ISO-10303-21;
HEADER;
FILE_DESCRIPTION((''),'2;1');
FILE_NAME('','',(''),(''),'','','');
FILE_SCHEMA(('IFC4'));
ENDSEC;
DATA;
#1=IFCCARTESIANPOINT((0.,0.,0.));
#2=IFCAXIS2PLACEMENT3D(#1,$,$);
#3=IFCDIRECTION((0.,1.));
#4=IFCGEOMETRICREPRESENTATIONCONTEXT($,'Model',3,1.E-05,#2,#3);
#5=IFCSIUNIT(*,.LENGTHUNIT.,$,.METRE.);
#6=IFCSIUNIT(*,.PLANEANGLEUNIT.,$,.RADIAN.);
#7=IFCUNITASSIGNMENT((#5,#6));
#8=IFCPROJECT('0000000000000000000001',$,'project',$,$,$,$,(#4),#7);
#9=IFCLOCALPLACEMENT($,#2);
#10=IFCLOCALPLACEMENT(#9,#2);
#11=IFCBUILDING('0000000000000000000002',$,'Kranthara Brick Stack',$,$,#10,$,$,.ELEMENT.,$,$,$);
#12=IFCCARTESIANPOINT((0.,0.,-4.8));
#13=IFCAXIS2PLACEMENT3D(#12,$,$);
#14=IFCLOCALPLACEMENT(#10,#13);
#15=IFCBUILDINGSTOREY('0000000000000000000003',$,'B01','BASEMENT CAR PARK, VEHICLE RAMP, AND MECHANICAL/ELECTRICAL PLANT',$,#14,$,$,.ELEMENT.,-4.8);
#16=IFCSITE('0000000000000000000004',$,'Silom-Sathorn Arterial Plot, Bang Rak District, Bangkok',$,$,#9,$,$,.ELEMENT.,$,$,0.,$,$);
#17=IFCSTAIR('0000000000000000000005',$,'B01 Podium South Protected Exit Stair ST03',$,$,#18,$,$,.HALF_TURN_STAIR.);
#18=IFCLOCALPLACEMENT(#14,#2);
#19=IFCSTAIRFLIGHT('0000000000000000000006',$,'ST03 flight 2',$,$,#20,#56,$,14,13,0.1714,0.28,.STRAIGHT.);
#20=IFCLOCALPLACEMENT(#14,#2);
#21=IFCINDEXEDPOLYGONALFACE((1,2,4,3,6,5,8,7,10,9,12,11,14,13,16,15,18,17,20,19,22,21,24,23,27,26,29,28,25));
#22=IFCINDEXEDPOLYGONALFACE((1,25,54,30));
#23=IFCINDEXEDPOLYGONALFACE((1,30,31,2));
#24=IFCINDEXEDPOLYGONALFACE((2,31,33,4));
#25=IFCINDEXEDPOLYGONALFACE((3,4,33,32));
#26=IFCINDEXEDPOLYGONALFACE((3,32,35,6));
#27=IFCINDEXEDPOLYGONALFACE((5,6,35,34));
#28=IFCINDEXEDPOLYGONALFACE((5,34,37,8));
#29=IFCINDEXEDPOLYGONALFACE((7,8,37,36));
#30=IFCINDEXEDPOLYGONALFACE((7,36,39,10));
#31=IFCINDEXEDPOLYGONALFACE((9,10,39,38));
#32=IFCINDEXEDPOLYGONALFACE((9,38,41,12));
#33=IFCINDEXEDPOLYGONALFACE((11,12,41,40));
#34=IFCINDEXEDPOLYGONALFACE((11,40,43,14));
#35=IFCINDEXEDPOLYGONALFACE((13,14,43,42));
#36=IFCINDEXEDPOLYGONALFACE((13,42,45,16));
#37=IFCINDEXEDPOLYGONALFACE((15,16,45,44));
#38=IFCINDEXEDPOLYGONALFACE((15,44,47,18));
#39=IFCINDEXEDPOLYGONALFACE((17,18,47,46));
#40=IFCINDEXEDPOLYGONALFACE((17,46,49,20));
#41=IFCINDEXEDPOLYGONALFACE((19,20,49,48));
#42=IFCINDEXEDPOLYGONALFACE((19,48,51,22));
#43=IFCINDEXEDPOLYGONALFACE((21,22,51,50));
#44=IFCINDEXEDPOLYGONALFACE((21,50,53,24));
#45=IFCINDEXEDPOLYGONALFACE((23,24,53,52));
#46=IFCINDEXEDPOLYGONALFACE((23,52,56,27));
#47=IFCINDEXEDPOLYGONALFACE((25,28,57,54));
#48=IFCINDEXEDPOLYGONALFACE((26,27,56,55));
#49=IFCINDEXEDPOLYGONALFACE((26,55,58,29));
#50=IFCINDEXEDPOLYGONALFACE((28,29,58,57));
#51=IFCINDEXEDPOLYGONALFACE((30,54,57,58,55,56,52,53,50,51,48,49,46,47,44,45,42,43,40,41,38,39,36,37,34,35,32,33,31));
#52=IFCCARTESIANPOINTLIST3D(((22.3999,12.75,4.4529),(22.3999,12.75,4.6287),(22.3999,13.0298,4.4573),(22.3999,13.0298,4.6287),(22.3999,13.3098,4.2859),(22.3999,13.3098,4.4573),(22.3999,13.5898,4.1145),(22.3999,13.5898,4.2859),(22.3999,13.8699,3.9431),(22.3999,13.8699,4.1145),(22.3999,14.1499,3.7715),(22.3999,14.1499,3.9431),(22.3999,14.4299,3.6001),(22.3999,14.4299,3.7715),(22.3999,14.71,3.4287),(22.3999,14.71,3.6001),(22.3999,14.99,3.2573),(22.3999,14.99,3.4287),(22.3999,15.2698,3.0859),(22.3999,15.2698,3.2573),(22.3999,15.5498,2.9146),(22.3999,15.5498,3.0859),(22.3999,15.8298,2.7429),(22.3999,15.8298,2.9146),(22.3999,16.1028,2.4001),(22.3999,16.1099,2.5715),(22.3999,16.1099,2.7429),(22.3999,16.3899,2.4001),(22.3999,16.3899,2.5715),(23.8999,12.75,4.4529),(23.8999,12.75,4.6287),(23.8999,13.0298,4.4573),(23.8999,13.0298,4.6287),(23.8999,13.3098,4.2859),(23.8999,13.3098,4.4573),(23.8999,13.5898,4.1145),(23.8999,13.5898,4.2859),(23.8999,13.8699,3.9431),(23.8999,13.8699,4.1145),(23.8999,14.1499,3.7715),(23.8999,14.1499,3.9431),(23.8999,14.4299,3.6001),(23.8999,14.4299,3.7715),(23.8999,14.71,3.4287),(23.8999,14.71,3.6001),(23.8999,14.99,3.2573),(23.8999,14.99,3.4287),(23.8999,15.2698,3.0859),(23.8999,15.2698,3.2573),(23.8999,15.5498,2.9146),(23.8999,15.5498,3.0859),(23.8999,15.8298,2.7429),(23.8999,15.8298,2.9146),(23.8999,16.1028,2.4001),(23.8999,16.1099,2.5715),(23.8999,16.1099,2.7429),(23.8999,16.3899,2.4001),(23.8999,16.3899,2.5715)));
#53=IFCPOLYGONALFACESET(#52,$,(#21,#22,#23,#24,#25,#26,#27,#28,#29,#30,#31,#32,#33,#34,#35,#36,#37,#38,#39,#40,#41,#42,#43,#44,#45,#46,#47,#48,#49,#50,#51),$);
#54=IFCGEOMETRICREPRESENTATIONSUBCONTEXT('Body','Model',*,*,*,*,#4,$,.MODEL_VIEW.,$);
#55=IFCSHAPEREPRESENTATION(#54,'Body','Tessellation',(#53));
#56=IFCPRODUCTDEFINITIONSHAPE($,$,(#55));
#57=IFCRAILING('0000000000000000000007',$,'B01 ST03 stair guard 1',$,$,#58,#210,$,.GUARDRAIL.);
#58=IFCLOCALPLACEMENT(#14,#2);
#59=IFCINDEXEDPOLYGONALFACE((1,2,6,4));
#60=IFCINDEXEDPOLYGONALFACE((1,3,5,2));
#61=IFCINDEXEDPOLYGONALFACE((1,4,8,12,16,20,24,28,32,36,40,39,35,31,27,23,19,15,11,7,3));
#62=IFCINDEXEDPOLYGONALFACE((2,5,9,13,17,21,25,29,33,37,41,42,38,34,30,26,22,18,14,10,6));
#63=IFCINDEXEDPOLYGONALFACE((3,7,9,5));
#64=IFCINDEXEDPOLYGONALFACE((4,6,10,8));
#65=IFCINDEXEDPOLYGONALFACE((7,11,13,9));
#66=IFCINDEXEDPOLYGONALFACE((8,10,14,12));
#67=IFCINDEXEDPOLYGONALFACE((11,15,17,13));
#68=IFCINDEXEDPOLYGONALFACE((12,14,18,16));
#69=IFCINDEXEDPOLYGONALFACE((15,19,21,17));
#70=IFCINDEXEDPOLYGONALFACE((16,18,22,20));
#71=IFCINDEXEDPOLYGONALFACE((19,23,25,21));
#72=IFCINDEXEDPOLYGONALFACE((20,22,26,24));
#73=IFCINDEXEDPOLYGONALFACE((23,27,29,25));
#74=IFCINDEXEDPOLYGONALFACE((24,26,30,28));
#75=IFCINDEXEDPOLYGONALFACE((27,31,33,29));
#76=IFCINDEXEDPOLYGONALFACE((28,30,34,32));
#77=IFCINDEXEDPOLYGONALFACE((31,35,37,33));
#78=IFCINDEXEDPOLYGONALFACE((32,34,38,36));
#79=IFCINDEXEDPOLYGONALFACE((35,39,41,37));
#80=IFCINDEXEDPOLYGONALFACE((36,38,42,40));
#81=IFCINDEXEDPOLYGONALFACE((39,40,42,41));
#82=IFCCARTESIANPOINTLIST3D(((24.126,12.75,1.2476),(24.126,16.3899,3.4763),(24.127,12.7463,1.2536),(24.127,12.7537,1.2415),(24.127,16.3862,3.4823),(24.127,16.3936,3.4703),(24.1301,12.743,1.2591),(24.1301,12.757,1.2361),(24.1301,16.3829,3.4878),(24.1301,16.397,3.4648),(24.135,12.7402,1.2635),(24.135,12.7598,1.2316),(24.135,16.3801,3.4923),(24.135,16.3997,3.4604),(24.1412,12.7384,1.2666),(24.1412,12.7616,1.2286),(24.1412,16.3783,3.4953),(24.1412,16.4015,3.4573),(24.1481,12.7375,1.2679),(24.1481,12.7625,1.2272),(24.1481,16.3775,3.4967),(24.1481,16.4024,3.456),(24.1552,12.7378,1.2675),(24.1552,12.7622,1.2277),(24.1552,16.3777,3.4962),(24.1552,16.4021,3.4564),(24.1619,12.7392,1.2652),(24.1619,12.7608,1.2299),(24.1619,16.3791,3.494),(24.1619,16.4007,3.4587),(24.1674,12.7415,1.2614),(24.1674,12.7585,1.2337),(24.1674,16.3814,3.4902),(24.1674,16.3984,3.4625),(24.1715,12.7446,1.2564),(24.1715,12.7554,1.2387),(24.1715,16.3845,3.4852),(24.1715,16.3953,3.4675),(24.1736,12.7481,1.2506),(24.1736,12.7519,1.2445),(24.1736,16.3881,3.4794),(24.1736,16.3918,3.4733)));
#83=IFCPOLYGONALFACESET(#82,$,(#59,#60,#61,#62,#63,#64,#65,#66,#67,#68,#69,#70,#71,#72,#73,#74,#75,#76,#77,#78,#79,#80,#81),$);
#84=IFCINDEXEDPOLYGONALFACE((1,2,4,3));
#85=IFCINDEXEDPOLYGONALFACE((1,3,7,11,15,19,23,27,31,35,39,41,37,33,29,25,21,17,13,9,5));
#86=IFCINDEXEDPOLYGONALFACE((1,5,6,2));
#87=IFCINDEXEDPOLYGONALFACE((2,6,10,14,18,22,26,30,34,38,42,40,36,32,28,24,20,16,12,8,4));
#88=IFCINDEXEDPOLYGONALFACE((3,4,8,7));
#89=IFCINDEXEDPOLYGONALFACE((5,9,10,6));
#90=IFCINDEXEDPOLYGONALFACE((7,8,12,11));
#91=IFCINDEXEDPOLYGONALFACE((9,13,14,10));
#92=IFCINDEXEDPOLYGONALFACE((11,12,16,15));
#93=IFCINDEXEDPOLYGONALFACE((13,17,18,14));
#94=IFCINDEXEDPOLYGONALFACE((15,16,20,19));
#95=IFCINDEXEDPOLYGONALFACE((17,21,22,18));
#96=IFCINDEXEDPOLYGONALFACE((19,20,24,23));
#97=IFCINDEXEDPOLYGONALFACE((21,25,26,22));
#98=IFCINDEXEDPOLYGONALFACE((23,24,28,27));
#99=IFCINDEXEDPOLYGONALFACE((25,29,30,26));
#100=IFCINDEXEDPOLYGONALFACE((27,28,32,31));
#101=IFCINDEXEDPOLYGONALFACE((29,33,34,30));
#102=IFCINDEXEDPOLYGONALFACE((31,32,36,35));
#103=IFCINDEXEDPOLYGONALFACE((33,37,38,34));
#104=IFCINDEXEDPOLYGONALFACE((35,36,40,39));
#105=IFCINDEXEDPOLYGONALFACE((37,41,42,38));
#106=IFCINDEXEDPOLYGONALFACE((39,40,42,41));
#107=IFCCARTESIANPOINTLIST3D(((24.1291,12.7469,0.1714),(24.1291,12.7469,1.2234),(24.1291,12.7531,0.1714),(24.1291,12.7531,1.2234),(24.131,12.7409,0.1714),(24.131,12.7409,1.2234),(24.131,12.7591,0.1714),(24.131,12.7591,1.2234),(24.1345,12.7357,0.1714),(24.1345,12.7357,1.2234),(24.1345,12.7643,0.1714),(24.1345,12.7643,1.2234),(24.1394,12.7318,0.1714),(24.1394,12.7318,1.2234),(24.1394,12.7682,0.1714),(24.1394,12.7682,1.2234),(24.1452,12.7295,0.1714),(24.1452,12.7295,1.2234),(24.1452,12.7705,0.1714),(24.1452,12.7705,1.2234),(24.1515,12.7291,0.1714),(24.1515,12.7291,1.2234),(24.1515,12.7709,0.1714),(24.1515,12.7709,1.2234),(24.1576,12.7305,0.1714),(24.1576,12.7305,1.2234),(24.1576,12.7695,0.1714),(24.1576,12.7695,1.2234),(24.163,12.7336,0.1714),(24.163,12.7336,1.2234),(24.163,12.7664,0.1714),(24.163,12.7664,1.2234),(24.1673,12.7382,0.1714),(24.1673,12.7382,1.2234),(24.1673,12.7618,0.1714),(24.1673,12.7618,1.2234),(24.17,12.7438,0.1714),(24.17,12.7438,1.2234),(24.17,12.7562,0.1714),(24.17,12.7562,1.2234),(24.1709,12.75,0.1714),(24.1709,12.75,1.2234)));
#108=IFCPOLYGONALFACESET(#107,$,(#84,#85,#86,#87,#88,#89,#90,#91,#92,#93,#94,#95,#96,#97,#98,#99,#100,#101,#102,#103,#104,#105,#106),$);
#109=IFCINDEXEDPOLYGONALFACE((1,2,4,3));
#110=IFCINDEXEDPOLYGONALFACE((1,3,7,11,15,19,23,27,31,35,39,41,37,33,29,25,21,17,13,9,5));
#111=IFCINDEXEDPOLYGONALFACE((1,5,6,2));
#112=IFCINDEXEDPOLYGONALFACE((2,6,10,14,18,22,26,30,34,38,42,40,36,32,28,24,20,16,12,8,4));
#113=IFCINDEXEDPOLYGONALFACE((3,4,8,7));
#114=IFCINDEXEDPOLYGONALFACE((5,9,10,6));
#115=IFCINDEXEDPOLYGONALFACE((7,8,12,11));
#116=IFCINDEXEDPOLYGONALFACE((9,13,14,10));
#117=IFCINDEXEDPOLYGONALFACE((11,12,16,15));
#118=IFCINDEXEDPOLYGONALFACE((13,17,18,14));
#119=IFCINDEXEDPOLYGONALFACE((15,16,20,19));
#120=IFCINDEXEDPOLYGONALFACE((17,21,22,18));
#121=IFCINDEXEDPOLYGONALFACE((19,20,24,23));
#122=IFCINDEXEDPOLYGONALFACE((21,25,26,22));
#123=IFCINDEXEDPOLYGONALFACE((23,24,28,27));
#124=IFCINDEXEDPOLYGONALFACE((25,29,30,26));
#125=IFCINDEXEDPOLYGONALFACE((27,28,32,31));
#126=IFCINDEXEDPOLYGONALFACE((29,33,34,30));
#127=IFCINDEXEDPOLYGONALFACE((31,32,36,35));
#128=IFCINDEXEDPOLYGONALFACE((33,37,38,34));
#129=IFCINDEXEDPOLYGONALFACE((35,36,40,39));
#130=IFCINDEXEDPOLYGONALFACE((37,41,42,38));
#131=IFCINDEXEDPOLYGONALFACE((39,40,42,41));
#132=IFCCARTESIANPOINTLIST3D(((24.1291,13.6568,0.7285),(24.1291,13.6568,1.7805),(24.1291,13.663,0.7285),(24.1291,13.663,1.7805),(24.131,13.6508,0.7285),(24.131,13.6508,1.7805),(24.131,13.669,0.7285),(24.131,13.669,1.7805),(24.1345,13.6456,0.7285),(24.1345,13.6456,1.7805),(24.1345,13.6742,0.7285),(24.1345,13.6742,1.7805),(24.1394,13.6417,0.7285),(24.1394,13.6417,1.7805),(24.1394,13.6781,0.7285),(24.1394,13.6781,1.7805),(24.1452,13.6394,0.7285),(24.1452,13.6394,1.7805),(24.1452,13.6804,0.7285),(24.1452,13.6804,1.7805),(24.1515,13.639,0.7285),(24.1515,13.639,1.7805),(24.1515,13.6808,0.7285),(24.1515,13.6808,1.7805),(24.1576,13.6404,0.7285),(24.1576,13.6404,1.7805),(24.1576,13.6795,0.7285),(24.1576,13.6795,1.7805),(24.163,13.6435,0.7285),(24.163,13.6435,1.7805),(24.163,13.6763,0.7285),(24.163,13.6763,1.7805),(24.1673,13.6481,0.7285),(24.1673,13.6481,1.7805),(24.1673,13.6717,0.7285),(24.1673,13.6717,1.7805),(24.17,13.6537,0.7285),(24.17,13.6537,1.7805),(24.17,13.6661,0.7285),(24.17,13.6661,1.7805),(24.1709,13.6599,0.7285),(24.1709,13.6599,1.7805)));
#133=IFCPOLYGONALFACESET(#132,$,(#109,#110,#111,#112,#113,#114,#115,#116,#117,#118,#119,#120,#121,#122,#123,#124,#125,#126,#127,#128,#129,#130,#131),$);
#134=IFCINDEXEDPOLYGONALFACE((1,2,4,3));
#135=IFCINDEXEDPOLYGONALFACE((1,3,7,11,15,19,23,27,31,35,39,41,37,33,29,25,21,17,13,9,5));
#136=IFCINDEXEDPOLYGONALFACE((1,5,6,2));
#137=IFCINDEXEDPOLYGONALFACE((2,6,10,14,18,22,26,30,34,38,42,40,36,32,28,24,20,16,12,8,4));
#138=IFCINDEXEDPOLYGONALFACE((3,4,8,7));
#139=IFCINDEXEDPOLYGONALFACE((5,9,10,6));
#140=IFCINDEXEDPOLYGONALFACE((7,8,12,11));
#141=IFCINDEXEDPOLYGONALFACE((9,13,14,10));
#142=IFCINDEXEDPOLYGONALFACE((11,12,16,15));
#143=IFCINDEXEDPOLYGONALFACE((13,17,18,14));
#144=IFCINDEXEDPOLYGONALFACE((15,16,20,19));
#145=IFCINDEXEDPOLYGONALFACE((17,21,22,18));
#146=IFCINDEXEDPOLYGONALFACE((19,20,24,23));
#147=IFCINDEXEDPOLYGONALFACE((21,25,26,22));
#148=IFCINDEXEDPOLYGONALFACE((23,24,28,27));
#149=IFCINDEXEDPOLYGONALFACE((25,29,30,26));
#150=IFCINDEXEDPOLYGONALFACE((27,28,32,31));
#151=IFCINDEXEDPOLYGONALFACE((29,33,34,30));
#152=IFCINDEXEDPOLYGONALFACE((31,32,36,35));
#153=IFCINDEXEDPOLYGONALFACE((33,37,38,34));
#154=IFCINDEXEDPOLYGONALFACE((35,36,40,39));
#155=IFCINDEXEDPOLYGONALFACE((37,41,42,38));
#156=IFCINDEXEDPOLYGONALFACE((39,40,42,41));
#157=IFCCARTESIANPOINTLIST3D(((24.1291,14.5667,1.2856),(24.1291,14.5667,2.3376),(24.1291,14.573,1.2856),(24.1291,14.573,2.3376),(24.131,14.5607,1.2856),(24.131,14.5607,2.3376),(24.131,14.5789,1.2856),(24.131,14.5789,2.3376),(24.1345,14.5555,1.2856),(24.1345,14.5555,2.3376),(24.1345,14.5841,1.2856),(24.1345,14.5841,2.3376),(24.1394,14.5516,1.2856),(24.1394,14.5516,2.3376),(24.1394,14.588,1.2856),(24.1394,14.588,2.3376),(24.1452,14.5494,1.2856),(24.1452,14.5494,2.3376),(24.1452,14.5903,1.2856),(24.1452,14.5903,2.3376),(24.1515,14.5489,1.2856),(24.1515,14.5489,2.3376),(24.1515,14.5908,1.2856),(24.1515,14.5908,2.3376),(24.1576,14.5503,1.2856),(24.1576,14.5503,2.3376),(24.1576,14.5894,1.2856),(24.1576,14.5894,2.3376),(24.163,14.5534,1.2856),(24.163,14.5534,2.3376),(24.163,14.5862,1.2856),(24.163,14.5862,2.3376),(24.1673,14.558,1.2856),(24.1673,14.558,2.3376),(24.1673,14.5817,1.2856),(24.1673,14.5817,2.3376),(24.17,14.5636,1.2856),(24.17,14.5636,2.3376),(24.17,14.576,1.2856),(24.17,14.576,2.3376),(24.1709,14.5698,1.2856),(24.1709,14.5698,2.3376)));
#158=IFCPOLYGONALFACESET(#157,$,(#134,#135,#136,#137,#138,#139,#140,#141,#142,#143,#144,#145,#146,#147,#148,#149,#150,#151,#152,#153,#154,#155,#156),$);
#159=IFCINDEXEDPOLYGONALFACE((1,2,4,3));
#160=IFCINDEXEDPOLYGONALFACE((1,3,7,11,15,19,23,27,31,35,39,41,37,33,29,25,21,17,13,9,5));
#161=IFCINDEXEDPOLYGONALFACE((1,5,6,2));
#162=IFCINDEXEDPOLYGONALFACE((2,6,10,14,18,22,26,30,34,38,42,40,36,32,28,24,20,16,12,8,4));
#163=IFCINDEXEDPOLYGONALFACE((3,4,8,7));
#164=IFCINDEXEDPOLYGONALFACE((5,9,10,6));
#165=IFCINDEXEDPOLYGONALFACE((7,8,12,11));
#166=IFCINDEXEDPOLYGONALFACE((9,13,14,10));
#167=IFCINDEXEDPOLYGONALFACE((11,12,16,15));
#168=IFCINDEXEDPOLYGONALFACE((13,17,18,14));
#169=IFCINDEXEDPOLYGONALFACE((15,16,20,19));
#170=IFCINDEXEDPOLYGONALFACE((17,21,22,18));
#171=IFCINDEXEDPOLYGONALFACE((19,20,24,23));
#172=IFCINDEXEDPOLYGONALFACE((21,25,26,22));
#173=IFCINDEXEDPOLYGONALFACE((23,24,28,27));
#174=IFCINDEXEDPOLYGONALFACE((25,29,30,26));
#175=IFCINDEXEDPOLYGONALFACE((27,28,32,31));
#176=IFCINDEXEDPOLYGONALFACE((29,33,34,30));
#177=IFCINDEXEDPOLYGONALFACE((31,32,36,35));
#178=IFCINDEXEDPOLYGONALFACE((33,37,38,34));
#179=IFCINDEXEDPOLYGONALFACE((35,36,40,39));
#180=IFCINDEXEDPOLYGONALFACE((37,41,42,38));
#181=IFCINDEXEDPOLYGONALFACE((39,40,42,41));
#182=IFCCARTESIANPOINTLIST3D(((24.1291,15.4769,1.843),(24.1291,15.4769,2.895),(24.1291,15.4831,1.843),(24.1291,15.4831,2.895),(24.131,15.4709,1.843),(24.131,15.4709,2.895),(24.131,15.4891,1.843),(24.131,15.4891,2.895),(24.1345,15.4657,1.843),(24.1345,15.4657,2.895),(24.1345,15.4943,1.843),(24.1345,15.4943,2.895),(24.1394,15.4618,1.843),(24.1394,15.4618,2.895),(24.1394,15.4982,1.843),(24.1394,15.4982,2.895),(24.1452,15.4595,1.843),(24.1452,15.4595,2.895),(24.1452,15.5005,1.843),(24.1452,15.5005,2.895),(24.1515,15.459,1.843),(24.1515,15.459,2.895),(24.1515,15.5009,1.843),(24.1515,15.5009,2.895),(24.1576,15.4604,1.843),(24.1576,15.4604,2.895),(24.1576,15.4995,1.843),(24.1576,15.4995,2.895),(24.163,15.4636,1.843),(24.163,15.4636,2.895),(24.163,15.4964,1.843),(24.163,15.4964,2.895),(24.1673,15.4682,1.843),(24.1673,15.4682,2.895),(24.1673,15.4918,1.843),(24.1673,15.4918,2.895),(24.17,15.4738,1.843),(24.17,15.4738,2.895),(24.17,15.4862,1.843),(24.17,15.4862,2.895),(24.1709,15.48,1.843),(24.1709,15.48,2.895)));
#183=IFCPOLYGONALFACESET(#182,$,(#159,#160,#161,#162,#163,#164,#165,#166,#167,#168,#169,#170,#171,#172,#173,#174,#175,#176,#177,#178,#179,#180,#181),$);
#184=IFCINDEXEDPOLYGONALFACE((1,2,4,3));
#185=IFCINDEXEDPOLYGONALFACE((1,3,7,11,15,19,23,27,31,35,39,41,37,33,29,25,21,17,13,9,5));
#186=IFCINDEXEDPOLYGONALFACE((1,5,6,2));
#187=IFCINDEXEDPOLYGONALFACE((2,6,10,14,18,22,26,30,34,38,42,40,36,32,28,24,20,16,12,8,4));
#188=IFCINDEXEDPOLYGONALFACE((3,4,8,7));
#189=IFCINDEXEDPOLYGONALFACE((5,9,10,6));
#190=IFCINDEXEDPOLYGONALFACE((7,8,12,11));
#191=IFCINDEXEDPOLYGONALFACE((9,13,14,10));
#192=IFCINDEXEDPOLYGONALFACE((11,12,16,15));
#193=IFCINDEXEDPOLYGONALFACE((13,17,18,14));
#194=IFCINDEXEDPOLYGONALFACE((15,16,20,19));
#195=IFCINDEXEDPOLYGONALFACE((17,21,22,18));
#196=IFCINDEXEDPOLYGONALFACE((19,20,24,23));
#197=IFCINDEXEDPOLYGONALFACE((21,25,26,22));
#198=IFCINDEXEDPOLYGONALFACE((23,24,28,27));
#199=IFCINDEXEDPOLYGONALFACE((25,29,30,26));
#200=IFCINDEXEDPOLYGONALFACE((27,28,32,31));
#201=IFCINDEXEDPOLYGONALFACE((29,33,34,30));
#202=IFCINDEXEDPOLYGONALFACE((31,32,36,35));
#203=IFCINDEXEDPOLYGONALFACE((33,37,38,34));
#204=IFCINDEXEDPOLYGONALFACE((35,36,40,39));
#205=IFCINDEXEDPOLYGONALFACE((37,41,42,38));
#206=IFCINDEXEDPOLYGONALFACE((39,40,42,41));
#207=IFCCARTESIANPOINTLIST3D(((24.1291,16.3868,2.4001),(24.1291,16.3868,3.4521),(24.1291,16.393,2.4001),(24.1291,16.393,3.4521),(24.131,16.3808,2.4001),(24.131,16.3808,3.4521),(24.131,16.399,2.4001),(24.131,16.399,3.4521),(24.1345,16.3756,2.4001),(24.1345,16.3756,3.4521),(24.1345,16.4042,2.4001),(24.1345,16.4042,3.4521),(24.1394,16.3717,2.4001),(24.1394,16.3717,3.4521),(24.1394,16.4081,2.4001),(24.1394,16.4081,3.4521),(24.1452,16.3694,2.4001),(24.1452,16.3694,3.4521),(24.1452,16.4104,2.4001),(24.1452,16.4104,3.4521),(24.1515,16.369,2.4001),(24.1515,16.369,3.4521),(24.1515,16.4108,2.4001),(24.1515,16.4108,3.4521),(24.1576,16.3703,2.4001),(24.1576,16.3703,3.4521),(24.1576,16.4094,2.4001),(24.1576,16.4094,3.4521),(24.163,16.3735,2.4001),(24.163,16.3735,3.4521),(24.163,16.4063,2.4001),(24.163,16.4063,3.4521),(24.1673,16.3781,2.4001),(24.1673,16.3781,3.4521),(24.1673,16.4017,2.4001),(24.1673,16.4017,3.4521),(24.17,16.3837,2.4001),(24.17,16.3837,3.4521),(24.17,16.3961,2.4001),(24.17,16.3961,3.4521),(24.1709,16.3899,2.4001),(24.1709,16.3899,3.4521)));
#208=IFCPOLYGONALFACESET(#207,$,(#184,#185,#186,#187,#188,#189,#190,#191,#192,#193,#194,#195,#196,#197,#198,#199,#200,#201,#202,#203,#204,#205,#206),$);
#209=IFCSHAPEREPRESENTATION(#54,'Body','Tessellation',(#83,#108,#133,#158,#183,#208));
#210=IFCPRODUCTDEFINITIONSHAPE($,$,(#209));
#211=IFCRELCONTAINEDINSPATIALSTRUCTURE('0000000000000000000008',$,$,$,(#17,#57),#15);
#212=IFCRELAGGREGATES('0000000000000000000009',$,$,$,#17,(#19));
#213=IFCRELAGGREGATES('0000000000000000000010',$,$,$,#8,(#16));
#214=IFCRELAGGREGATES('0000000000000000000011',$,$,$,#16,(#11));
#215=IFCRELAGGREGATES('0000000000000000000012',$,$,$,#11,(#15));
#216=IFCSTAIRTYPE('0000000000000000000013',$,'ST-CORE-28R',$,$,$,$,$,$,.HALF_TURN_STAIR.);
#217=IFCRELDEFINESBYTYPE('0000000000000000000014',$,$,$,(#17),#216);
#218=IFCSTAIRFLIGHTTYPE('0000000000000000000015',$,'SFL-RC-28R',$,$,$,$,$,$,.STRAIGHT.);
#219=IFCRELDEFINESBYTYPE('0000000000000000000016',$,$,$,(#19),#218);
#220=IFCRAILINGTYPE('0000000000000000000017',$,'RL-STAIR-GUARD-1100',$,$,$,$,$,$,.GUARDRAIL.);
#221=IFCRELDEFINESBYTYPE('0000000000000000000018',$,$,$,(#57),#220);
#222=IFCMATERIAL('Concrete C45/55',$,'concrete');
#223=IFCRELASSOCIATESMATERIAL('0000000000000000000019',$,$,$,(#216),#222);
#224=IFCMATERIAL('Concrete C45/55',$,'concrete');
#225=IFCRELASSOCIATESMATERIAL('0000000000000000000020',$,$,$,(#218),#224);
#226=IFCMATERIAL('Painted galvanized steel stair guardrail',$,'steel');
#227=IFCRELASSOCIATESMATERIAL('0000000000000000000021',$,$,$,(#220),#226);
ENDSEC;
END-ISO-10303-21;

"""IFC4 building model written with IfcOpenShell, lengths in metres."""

from ifc_helpers import new_model, si_unit, direction, frame, origin, origin_2d, place, context, subcontext, project, spatial, polyline, circle, outline, extrude, material, type_object, element, aggregate, save


model = new_model("IFC4")

# Units and contexts
model_context = context("Model", 3, precision=1e-05, world=origin(), true_north=direction((0.0, 1.0)))
body_context = subcontext(model_context, "Body", "Model", "MODEL_VIEW")
ifc_project = project(units=[si_unit("LENGTHUNIT", "METRE"), si_unit("PLANEANGLEUNIT", "RADIAN")], contexts=[model_context])

# Site, building, storey
site_placement = place(None, origin())
site = spatial("IfcSite", under=ifc_project, at=site_placement, Name="Silom-Sathorn Arterial Plot, Bang Rak District, Bangkok", CompositionType="ELEMENT", RefElevation=0.0)
building_placement = place(site_placement, origin())
building = spatial("IfcBuilding", under=site, at=building_placement, Name="Kranthara Brick Stack", CompositionType="ELEMENT")
storey_placement = place(building_placement, frame((0.0, 0.0, -4.8)))
storey = spatial("IfcBuildingStorey", under=building, at=storey_placement, Name="B01", Description="BASEMENT CAR PARK, VEHICLE RAMP, AND MECHANICAL/ELECTRICAL PLANT", CompositionType="ELEMENT", Elevation=-4.8)

# Stair, stair flight
ifc_material_1 = material(Name="Concrete C45/55", Category="concrete")
stair_type = type_object("IfcStairType", Name="ST-CORE-28R", PredefinedType="HALF_TURN_STAIR", material=ifc_material_1)
stair_placement = place(storey_placement, origin())
stair = element("IfcStair", 1, at=stair_placement, inside=storey, type_object=stair_type, Name="B01 Podium South Protected Exit Stair ST03", PredefinedType="HALF_TURN_STAIR")
ifc_material_2 = material(Name="Concrete C45/55", Category="concrete")
stair_flight_type = type_object("IfcStairFlightType", Name="SFL-RC-28R", PredefinedType="STRAIGHT", material=ifc_material_2)
stair_flight_1_placement = place(storey_placement, frame((23.1499, 16.3899, 2.4001), z_axis=(0.0, 0.0, 1.0), x_axis=(0.0, -1.0, 0.0)))
stair_flight_1 = element("IfcStairFlight", 2, at=stair_flight_1_placement, type_object=stair_flight_type, Name="ST03 flight 2", NumberOfRisers=14, NumberOfTreads=13, PredefinedType="STRAIGHT", RiserHeight=0.1714, TreadLength=0.28, context=body_context, shape_type="SweptSolid", body=[
    extrude(outline(polyline([(0.0, 0.0), (0.0, 0.1714), (0.28, 0.1714), (0.28, 0.3428), (0.5601, 0.3428), (0.5601, 0.5144), (0.8401, 0.5144), (0.8401, 0.6858), (1.1201, 0.6858), (1.1201, 0.8572), (1.3999, 0.8572), (1.3999, 1.0286), (1.6799, 1.0286), (1.6799, 1.2), (1.96, 1.2), (1.96, 1.3713), (2.24, 1.3713), (2.24, 1.543), (2.52, 1.543), (2.52, 1.7144), (2.8, 1.7144), (2.8, 1.8857), (3.0801, 1.8857), (3.0801, 2.0571), (3.3601, 2.0571), (3.3601, 2.2285), (3.6399, 2.2285), (3.6399, 2.3999), (3.6399, 2.0527), (0.2871, 0.0), (0.0, 0.0)])), frame((0.0, 0.75, 0.0), z_axis=(0.0, -1.0, 0.0), x_axis=(1.0, 0.0, 0.0)), (0.0, 0.0, 1.0), 1.5),
])
aggregate(stair, [stair_flight_1])

# Railing
ifc_material_3 = material(Name="Painted galvanized steel stair guardrail", Category="steel")
railing_type_1 = type_object("IfcRailingType", Name="RL-STAIR-GUARD-1100", PredefinedType="GUARDRAIL", material=ifc_material_3)
railing_1_placement = place(storey_placement, frame((24.1499, 12.75, 0.1714)))
element("IfcRailing", 3, at=railing_1_placement, inside=storey, type_object=railing_type_1, Name="B01 ST03 stair guard 1", PredefinedType="GUARDRAIL", context=body_context, shape_type="SweptSolid", body=[
    extrude(circle(Radius=0.0239, at=origin_2d()), frame((0.0, 0.0, 1.0762), z_axis=(0.0, 0.852825, 0.522197), x_axis=(-1.0, 0.0, 0.0)), (0.0, 0.0, 1.0), 4.2681),
    extrude(circle(Radius=0.021, at=origin_2d()), origin(), (0.0, 0.0, 1.0), 1.052),
    extrude(circle(Radius=0.021, at=origin_2d()), frame((0.0, 0.9099, 0.5571)), (0.0, 0.0, 1.0), 1.052),
    extrude(circle(Radius=0.021, at=origin_2d()), frame((0.0, 1.8198, 1.1143)), (0.0, 0.0, 1.0), 1.052),
    extrude(circle(Radius=0.021, at=origin_2d()), frame((0.0, 2.73, 1.6716)), (0.0, 0.0, 1.0), 1.052),
    extrude(circle(Radius=0.021, at=origin_2d()), frame((0.0, 3.6399, 2.2288)), (0.0, 0.0, 1.0), 1.052),
])

save(model, "model.ifc")
